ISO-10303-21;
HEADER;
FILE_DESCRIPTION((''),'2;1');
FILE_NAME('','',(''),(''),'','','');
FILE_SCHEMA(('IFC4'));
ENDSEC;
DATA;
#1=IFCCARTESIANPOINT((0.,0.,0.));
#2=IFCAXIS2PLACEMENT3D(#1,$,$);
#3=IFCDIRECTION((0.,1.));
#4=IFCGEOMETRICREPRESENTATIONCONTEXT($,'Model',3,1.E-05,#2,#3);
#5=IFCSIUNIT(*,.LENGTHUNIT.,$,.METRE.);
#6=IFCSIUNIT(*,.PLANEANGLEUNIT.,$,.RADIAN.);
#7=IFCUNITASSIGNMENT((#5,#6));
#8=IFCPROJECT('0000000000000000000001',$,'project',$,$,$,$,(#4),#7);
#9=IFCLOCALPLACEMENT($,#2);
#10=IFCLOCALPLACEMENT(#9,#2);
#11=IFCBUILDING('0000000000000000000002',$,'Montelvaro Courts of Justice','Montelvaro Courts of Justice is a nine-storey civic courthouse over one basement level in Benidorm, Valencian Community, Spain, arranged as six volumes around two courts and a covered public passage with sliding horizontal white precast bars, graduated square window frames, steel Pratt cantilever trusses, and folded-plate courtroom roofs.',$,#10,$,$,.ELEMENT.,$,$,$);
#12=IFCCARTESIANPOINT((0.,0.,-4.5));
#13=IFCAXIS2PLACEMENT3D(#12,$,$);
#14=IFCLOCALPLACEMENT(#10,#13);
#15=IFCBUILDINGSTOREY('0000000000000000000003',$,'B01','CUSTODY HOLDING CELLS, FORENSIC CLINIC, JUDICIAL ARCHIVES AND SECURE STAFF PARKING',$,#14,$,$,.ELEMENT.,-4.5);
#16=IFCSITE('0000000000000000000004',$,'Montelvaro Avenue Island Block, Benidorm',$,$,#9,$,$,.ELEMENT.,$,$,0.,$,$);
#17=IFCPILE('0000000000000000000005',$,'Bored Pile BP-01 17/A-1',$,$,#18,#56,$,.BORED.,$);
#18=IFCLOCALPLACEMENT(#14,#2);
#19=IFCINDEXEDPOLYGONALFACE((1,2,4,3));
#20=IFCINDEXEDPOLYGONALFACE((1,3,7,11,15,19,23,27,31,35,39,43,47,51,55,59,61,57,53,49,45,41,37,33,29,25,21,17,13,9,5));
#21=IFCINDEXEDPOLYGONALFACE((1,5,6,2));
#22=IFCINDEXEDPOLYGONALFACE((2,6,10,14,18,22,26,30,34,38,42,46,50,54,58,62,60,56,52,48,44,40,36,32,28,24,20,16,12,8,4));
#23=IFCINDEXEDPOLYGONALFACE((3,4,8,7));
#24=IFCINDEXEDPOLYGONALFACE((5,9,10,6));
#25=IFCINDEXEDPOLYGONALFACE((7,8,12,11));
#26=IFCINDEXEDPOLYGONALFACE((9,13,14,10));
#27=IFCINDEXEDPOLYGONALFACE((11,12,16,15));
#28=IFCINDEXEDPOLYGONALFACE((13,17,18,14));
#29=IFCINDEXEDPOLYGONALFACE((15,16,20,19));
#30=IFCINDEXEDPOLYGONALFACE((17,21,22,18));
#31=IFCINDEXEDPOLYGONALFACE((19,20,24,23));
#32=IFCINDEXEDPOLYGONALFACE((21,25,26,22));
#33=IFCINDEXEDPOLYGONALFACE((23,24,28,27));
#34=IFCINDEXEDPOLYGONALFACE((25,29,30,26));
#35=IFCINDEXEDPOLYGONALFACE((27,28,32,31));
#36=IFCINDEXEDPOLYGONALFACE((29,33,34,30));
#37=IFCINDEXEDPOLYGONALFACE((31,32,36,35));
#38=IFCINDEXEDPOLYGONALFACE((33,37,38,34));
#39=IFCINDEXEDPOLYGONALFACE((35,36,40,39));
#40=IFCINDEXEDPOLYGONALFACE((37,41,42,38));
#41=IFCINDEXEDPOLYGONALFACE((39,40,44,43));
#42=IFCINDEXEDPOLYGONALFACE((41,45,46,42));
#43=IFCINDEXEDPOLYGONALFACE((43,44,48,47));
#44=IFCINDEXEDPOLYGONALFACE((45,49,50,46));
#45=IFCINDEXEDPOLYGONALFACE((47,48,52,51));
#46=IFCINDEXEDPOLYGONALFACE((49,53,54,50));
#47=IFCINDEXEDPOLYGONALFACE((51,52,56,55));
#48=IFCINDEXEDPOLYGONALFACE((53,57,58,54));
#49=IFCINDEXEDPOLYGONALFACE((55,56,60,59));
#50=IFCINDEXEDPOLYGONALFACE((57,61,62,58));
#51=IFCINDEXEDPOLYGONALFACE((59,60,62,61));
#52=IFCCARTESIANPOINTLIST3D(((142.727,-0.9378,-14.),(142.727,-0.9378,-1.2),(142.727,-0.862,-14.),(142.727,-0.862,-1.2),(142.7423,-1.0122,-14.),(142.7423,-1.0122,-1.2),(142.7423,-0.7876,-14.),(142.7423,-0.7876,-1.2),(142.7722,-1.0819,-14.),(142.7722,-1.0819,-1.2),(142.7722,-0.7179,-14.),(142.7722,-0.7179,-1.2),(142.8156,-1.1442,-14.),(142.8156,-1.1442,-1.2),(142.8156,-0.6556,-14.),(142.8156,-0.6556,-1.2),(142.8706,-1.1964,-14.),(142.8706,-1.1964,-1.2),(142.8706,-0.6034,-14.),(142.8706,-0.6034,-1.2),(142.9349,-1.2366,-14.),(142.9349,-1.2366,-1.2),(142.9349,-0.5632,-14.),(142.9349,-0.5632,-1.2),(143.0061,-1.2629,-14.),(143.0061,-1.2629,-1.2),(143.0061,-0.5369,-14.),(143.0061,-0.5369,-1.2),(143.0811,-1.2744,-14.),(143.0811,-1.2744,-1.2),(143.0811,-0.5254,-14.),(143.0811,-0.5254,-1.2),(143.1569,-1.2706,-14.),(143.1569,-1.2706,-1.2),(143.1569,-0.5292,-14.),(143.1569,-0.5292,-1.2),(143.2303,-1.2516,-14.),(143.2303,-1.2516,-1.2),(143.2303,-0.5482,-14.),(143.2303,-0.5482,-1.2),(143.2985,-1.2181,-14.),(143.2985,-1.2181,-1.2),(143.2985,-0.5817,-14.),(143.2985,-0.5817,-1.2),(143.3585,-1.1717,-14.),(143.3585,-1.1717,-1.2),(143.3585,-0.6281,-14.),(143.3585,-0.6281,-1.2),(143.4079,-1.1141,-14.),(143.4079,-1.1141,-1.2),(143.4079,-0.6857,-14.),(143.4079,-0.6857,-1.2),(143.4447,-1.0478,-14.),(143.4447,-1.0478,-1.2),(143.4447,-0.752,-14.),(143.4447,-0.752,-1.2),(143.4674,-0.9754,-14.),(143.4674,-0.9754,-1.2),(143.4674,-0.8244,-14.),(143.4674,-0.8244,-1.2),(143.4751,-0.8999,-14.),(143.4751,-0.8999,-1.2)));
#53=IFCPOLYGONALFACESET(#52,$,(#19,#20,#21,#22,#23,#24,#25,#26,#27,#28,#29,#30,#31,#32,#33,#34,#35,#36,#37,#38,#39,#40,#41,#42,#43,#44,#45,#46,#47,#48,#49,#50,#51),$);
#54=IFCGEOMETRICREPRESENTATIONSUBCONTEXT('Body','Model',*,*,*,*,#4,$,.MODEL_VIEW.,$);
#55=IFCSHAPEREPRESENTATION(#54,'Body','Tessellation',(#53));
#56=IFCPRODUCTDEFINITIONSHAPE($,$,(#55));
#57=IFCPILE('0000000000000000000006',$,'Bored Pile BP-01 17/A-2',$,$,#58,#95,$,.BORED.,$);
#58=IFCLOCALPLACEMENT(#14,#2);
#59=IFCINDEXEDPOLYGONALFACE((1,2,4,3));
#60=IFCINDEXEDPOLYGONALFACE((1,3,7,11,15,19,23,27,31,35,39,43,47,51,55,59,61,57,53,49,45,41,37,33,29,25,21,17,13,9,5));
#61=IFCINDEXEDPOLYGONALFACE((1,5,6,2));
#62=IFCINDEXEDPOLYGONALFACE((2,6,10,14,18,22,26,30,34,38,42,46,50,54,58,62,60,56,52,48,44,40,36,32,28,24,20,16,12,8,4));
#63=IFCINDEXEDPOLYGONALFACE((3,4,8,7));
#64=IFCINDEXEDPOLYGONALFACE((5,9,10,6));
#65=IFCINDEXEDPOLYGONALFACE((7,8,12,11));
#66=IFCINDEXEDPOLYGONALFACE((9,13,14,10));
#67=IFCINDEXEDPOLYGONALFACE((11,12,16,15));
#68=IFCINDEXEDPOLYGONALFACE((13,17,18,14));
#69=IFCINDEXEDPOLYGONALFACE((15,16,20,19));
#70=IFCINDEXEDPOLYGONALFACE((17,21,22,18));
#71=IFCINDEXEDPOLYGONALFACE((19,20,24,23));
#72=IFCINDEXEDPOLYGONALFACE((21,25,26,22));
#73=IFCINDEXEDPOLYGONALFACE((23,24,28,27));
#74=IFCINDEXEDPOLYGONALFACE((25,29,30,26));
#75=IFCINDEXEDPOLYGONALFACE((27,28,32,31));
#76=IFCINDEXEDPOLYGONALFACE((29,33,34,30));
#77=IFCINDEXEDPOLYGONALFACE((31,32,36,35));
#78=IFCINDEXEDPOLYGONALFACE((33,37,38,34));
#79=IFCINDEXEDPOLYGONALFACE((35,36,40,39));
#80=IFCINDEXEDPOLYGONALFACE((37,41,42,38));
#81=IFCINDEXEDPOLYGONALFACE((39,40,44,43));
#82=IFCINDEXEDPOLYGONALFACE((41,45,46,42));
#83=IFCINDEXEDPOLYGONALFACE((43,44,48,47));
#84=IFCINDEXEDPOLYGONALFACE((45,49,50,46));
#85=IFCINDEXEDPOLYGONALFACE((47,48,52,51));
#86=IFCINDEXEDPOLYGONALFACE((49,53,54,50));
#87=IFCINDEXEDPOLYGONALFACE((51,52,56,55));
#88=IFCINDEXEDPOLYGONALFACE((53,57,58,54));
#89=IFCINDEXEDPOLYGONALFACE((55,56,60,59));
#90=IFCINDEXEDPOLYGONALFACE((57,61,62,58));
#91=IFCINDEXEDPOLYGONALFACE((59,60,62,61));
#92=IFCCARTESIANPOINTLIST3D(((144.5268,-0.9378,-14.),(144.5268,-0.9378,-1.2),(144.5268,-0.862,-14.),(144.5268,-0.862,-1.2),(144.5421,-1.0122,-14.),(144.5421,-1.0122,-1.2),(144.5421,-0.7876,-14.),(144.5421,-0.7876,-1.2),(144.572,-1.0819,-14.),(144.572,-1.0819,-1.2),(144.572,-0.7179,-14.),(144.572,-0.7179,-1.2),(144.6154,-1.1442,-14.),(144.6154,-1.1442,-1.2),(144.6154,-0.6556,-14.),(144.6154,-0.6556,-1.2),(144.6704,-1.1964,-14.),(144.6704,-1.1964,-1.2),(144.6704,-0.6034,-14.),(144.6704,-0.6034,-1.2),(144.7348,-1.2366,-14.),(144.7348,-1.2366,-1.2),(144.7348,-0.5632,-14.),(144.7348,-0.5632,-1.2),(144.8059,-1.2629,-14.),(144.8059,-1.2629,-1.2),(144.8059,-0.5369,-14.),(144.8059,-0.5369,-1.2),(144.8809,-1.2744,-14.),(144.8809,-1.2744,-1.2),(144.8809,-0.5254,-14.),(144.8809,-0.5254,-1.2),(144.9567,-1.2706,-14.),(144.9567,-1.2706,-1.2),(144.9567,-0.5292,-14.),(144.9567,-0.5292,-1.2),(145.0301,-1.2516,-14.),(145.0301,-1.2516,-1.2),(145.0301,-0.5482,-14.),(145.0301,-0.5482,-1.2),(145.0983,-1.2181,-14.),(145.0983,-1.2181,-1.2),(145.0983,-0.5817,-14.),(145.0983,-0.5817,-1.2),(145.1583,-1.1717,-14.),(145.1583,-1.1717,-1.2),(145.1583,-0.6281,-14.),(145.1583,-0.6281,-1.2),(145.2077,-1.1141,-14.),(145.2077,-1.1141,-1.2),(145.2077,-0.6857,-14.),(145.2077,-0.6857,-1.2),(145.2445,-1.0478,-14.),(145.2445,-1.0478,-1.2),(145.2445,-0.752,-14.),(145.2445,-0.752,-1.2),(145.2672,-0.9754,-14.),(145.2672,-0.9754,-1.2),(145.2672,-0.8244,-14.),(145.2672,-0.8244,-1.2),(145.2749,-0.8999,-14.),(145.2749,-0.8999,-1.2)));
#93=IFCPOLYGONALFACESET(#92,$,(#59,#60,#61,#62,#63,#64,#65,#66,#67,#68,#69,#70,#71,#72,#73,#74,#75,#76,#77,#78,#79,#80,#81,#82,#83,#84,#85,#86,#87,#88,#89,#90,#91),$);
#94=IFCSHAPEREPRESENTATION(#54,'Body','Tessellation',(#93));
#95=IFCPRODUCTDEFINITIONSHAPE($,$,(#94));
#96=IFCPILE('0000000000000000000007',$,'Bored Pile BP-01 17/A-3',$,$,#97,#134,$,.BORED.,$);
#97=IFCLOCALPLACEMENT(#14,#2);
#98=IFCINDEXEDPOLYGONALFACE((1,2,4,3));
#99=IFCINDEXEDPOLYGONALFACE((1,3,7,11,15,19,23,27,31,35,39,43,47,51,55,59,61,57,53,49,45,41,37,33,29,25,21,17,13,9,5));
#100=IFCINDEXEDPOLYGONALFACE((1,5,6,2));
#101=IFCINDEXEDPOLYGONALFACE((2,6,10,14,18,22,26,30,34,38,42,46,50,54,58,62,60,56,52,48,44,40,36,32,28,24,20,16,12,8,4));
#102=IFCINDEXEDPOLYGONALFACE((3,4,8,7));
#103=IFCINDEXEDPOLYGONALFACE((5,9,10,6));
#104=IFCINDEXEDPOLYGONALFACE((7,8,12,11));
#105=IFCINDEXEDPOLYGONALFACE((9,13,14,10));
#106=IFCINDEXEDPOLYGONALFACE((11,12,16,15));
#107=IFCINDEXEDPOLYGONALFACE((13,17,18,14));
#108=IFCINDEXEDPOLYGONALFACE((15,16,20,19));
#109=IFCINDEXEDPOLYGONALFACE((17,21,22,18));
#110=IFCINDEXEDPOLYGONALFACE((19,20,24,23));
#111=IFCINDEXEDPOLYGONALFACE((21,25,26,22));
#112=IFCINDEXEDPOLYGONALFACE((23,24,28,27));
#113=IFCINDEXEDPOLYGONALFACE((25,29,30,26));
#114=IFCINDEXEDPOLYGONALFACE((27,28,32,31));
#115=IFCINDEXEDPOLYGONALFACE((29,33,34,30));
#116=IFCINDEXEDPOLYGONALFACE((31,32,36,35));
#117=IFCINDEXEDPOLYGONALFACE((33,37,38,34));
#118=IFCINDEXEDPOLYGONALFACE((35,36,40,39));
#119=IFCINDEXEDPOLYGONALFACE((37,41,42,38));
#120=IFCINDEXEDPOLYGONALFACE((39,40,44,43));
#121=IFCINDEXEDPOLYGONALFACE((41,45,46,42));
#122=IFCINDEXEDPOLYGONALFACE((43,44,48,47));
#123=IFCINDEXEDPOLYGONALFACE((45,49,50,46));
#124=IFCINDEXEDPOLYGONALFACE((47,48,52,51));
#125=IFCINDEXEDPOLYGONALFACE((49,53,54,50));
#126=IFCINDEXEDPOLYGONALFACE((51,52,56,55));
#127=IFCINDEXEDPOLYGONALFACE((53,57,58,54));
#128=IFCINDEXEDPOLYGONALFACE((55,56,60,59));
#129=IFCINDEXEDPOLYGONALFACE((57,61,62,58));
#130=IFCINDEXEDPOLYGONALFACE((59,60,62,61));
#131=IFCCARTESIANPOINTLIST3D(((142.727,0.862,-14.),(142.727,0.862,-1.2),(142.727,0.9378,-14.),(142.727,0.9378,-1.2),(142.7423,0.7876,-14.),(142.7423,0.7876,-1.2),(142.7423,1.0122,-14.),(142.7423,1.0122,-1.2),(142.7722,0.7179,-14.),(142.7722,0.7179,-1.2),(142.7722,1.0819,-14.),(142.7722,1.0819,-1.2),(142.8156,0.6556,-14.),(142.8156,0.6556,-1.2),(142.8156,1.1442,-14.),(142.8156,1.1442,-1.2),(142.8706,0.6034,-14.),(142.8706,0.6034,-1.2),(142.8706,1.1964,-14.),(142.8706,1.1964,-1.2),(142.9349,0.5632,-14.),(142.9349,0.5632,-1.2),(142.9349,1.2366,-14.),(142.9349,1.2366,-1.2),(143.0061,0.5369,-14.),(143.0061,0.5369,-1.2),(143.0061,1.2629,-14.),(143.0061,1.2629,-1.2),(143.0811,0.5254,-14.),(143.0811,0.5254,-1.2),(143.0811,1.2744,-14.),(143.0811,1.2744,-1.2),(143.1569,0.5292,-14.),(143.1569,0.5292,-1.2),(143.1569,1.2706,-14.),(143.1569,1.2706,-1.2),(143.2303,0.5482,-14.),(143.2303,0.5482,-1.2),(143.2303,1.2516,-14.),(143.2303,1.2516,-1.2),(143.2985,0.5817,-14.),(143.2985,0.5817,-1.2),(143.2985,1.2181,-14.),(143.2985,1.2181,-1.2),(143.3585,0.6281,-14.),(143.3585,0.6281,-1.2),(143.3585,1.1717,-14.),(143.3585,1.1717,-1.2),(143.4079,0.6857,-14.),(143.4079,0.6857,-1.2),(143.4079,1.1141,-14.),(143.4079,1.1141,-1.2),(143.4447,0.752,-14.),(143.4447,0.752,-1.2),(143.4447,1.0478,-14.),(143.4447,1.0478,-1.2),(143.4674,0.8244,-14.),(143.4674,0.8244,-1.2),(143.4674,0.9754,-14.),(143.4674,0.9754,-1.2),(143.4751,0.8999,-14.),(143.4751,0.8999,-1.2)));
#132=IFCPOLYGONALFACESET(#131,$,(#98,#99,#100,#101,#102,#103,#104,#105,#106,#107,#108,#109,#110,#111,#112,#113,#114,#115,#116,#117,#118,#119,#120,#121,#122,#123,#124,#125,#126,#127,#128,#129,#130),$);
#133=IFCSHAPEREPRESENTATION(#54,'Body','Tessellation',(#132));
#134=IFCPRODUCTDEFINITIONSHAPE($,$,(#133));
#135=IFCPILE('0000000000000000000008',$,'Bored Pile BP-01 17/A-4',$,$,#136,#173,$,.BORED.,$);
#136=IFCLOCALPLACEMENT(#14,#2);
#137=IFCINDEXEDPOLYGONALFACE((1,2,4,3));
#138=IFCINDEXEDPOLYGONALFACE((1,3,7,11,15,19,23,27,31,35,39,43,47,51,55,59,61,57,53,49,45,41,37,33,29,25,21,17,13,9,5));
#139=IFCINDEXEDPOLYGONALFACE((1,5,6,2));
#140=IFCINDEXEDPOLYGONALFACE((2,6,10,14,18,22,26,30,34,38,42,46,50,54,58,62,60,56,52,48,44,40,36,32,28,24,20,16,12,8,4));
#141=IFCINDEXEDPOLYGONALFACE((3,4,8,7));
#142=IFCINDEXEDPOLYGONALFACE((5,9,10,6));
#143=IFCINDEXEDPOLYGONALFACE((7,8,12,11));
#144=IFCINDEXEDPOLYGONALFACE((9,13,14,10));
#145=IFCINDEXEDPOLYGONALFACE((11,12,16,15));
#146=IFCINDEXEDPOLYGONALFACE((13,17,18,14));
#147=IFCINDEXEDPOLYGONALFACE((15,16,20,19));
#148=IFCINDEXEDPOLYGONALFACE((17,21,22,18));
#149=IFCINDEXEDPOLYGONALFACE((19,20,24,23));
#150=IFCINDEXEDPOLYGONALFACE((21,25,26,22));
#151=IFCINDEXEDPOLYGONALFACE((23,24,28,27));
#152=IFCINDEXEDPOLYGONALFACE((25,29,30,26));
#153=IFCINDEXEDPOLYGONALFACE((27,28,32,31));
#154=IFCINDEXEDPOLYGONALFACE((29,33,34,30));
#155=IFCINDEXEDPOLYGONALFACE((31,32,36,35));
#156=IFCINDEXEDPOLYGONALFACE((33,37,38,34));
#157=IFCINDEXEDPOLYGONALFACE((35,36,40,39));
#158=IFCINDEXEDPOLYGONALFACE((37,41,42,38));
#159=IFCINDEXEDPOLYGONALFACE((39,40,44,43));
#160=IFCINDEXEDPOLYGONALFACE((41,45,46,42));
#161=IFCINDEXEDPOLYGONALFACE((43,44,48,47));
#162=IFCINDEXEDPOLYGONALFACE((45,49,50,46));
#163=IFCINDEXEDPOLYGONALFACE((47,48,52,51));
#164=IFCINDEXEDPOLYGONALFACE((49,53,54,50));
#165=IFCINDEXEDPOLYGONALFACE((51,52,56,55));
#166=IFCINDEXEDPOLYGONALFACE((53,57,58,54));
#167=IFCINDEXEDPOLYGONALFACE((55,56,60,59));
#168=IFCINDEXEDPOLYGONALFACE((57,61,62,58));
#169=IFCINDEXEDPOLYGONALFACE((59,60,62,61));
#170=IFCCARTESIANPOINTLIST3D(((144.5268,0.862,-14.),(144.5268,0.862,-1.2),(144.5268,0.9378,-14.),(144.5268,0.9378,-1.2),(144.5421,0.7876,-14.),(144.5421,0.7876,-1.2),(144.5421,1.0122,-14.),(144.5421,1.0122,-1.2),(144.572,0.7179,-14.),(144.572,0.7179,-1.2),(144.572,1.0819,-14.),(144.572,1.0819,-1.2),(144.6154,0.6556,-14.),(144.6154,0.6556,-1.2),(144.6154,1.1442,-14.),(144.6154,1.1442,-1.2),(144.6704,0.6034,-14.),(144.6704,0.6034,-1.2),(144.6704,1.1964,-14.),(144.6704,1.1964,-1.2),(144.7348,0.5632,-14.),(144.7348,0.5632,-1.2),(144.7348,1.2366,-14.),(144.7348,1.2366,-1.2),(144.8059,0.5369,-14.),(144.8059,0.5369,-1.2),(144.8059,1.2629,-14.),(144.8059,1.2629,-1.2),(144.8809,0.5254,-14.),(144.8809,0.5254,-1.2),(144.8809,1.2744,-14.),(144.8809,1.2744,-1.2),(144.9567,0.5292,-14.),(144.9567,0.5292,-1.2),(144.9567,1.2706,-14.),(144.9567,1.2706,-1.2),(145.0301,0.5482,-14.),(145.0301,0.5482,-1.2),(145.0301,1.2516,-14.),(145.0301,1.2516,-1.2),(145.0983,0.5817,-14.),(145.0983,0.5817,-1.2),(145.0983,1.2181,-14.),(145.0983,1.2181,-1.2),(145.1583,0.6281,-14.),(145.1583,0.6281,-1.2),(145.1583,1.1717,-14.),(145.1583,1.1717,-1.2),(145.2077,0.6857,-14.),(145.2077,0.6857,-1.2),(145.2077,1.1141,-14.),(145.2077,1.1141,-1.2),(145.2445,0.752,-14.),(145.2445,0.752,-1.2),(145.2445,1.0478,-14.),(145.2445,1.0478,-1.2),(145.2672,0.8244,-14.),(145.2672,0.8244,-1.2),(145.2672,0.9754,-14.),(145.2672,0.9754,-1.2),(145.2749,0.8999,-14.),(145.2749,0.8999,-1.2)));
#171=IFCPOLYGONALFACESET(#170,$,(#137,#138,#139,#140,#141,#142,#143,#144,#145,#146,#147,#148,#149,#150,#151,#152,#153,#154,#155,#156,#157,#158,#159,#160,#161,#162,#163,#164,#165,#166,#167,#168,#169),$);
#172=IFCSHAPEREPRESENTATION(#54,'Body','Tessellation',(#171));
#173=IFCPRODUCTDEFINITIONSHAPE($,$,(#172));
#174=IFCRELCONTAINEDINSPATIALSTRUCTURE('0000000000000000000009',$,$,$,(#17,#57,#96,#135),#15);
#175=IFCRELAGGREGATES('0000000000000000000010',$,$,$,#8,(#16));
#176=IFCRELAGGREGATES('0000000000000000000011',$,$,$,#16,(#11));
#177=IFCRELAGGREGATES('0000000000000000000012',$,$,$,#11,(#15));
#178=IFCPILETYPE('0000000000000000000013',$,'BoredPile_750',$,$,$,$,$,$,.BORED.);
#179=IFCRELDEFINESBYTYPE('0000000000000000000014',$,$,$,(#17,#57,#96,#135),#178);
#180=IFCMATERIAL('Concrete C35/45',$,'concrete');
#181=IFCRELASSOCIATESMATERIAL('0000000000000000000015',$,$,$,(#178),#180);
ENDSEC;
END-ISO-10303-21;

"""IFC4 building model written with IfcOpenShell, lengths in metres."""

from ifc_helpers import new_model, si_unit, direction, frame, origin, origin_2d, place, context, subcontext, project, spatial, circle, extrude, material, material_profile, profile_set, type_object, element, save


model = new_model("IFC4")

# Units and contexts
model_context = context("Model", 3, precision=1e-05, world=origin(), true_north=direction((0.0, 1.0)))
body_context = subcontext(model_context, "Body", "Model", "MODEL_VIEW")
ifc_project = project(units=[si_unit("LENGTHUNIT", "METRE"), si_unit("PLANEANGLEUNIT", "RADIAN")], contexts=[model_context])

# Site, building, storey
site_placement = place(None, origin())
site = spatial("IfcSite", under=ifc_project, at=site_placement, Name="Montelvaro Avenue Island Block, Benidorm", CompositionType="ELEMENT", RefElevation=0.0)
building_placement = place(site_placement, origin())
building = spatial("IfcBuilding", under=site, at=building_placement, Name="Montelvaro Courts of Justice", Description="Montelvaro Courts of Justice is a nine-storey civic courthouse over one basement level in Benidorm, Valencian Community, Spain, arranged as six volumes around two courts and a covered public passage with sliding horizontal white precast bars, graduated square window frames, steel Pratt cantilever trusses, and folded-plate courtroom roofs.", CompositionType="ELEMENT")
storey_placement = place(building_placement, frame((0.0, 0.0, -4.5)))
storey = spatial("IfcBuildingStorey", under=building, at=storey_placement, Name="B01", Description="CUSTODY HOLDING CELLS, FORENSIC CLINIC, JUDICIAL ARCHIVES AND SECURE STAFF PARKING", CompositionType="ELEMENT", Elevation=-4.5)

# Piles
ifc_material_1 = material(Name="Concrete C35/45", Category="concrete")
ifc_material_profile_1 = material_profile(ifc_material_1, circle(Radius=0.375, at=origin_2d()), Name="BORED PILE D750")
ifc_profile_set_1 = profile_set([ifc_material_profile_1], Name="Concrete C35/45")
pile_type_1 = type_object("IfcPileType", Name="BoredPile_750", PredefinedType="BORED", material=ifc_profile_set_1)
for number, where, z_axis, x_axis, name in (
    (1, (143.1001, -0.8999, -1.2), (0.0, 0.0, -1.0), (1.0, 0.0, 0.0), "Bored Pile BP-01 17/A-1"),
    (2, (144.8999, -0.8999, -1.2), (0.0, 0.0, -1.0), (1.0, 0.0, 0.0), "Bored Pile BP-01 17/A-2"),
    (3, (143.1001, 0.8999, -1.2), (0.0, 0.0, -1.0), (1.0, 0.0, 0.0), "Bored Pile BP-01 17/A-3"),
    (4, (144.8999, 0.8999, -1.2), (0.0, 0.0, -1.0), (1.0, 0.0, 0.0), "Bored Pile BP-01 17/A-4"),
):
    element("IfcPile", number, at=place(storey_placement, frame(where, z_axis=z_axis, x_axis=x_axis)), inside=storey, type_object=pile_type_1, Name=name, PredefinedType="BORED", context=body_context, shape_type="SweptSolid", body=[
        extrude(circle(Radius=0.375, at=origin_2d()), origin(), (0.0, 0.0, 1.0), 12.8),
    ])

save(model, "model.ifc")
